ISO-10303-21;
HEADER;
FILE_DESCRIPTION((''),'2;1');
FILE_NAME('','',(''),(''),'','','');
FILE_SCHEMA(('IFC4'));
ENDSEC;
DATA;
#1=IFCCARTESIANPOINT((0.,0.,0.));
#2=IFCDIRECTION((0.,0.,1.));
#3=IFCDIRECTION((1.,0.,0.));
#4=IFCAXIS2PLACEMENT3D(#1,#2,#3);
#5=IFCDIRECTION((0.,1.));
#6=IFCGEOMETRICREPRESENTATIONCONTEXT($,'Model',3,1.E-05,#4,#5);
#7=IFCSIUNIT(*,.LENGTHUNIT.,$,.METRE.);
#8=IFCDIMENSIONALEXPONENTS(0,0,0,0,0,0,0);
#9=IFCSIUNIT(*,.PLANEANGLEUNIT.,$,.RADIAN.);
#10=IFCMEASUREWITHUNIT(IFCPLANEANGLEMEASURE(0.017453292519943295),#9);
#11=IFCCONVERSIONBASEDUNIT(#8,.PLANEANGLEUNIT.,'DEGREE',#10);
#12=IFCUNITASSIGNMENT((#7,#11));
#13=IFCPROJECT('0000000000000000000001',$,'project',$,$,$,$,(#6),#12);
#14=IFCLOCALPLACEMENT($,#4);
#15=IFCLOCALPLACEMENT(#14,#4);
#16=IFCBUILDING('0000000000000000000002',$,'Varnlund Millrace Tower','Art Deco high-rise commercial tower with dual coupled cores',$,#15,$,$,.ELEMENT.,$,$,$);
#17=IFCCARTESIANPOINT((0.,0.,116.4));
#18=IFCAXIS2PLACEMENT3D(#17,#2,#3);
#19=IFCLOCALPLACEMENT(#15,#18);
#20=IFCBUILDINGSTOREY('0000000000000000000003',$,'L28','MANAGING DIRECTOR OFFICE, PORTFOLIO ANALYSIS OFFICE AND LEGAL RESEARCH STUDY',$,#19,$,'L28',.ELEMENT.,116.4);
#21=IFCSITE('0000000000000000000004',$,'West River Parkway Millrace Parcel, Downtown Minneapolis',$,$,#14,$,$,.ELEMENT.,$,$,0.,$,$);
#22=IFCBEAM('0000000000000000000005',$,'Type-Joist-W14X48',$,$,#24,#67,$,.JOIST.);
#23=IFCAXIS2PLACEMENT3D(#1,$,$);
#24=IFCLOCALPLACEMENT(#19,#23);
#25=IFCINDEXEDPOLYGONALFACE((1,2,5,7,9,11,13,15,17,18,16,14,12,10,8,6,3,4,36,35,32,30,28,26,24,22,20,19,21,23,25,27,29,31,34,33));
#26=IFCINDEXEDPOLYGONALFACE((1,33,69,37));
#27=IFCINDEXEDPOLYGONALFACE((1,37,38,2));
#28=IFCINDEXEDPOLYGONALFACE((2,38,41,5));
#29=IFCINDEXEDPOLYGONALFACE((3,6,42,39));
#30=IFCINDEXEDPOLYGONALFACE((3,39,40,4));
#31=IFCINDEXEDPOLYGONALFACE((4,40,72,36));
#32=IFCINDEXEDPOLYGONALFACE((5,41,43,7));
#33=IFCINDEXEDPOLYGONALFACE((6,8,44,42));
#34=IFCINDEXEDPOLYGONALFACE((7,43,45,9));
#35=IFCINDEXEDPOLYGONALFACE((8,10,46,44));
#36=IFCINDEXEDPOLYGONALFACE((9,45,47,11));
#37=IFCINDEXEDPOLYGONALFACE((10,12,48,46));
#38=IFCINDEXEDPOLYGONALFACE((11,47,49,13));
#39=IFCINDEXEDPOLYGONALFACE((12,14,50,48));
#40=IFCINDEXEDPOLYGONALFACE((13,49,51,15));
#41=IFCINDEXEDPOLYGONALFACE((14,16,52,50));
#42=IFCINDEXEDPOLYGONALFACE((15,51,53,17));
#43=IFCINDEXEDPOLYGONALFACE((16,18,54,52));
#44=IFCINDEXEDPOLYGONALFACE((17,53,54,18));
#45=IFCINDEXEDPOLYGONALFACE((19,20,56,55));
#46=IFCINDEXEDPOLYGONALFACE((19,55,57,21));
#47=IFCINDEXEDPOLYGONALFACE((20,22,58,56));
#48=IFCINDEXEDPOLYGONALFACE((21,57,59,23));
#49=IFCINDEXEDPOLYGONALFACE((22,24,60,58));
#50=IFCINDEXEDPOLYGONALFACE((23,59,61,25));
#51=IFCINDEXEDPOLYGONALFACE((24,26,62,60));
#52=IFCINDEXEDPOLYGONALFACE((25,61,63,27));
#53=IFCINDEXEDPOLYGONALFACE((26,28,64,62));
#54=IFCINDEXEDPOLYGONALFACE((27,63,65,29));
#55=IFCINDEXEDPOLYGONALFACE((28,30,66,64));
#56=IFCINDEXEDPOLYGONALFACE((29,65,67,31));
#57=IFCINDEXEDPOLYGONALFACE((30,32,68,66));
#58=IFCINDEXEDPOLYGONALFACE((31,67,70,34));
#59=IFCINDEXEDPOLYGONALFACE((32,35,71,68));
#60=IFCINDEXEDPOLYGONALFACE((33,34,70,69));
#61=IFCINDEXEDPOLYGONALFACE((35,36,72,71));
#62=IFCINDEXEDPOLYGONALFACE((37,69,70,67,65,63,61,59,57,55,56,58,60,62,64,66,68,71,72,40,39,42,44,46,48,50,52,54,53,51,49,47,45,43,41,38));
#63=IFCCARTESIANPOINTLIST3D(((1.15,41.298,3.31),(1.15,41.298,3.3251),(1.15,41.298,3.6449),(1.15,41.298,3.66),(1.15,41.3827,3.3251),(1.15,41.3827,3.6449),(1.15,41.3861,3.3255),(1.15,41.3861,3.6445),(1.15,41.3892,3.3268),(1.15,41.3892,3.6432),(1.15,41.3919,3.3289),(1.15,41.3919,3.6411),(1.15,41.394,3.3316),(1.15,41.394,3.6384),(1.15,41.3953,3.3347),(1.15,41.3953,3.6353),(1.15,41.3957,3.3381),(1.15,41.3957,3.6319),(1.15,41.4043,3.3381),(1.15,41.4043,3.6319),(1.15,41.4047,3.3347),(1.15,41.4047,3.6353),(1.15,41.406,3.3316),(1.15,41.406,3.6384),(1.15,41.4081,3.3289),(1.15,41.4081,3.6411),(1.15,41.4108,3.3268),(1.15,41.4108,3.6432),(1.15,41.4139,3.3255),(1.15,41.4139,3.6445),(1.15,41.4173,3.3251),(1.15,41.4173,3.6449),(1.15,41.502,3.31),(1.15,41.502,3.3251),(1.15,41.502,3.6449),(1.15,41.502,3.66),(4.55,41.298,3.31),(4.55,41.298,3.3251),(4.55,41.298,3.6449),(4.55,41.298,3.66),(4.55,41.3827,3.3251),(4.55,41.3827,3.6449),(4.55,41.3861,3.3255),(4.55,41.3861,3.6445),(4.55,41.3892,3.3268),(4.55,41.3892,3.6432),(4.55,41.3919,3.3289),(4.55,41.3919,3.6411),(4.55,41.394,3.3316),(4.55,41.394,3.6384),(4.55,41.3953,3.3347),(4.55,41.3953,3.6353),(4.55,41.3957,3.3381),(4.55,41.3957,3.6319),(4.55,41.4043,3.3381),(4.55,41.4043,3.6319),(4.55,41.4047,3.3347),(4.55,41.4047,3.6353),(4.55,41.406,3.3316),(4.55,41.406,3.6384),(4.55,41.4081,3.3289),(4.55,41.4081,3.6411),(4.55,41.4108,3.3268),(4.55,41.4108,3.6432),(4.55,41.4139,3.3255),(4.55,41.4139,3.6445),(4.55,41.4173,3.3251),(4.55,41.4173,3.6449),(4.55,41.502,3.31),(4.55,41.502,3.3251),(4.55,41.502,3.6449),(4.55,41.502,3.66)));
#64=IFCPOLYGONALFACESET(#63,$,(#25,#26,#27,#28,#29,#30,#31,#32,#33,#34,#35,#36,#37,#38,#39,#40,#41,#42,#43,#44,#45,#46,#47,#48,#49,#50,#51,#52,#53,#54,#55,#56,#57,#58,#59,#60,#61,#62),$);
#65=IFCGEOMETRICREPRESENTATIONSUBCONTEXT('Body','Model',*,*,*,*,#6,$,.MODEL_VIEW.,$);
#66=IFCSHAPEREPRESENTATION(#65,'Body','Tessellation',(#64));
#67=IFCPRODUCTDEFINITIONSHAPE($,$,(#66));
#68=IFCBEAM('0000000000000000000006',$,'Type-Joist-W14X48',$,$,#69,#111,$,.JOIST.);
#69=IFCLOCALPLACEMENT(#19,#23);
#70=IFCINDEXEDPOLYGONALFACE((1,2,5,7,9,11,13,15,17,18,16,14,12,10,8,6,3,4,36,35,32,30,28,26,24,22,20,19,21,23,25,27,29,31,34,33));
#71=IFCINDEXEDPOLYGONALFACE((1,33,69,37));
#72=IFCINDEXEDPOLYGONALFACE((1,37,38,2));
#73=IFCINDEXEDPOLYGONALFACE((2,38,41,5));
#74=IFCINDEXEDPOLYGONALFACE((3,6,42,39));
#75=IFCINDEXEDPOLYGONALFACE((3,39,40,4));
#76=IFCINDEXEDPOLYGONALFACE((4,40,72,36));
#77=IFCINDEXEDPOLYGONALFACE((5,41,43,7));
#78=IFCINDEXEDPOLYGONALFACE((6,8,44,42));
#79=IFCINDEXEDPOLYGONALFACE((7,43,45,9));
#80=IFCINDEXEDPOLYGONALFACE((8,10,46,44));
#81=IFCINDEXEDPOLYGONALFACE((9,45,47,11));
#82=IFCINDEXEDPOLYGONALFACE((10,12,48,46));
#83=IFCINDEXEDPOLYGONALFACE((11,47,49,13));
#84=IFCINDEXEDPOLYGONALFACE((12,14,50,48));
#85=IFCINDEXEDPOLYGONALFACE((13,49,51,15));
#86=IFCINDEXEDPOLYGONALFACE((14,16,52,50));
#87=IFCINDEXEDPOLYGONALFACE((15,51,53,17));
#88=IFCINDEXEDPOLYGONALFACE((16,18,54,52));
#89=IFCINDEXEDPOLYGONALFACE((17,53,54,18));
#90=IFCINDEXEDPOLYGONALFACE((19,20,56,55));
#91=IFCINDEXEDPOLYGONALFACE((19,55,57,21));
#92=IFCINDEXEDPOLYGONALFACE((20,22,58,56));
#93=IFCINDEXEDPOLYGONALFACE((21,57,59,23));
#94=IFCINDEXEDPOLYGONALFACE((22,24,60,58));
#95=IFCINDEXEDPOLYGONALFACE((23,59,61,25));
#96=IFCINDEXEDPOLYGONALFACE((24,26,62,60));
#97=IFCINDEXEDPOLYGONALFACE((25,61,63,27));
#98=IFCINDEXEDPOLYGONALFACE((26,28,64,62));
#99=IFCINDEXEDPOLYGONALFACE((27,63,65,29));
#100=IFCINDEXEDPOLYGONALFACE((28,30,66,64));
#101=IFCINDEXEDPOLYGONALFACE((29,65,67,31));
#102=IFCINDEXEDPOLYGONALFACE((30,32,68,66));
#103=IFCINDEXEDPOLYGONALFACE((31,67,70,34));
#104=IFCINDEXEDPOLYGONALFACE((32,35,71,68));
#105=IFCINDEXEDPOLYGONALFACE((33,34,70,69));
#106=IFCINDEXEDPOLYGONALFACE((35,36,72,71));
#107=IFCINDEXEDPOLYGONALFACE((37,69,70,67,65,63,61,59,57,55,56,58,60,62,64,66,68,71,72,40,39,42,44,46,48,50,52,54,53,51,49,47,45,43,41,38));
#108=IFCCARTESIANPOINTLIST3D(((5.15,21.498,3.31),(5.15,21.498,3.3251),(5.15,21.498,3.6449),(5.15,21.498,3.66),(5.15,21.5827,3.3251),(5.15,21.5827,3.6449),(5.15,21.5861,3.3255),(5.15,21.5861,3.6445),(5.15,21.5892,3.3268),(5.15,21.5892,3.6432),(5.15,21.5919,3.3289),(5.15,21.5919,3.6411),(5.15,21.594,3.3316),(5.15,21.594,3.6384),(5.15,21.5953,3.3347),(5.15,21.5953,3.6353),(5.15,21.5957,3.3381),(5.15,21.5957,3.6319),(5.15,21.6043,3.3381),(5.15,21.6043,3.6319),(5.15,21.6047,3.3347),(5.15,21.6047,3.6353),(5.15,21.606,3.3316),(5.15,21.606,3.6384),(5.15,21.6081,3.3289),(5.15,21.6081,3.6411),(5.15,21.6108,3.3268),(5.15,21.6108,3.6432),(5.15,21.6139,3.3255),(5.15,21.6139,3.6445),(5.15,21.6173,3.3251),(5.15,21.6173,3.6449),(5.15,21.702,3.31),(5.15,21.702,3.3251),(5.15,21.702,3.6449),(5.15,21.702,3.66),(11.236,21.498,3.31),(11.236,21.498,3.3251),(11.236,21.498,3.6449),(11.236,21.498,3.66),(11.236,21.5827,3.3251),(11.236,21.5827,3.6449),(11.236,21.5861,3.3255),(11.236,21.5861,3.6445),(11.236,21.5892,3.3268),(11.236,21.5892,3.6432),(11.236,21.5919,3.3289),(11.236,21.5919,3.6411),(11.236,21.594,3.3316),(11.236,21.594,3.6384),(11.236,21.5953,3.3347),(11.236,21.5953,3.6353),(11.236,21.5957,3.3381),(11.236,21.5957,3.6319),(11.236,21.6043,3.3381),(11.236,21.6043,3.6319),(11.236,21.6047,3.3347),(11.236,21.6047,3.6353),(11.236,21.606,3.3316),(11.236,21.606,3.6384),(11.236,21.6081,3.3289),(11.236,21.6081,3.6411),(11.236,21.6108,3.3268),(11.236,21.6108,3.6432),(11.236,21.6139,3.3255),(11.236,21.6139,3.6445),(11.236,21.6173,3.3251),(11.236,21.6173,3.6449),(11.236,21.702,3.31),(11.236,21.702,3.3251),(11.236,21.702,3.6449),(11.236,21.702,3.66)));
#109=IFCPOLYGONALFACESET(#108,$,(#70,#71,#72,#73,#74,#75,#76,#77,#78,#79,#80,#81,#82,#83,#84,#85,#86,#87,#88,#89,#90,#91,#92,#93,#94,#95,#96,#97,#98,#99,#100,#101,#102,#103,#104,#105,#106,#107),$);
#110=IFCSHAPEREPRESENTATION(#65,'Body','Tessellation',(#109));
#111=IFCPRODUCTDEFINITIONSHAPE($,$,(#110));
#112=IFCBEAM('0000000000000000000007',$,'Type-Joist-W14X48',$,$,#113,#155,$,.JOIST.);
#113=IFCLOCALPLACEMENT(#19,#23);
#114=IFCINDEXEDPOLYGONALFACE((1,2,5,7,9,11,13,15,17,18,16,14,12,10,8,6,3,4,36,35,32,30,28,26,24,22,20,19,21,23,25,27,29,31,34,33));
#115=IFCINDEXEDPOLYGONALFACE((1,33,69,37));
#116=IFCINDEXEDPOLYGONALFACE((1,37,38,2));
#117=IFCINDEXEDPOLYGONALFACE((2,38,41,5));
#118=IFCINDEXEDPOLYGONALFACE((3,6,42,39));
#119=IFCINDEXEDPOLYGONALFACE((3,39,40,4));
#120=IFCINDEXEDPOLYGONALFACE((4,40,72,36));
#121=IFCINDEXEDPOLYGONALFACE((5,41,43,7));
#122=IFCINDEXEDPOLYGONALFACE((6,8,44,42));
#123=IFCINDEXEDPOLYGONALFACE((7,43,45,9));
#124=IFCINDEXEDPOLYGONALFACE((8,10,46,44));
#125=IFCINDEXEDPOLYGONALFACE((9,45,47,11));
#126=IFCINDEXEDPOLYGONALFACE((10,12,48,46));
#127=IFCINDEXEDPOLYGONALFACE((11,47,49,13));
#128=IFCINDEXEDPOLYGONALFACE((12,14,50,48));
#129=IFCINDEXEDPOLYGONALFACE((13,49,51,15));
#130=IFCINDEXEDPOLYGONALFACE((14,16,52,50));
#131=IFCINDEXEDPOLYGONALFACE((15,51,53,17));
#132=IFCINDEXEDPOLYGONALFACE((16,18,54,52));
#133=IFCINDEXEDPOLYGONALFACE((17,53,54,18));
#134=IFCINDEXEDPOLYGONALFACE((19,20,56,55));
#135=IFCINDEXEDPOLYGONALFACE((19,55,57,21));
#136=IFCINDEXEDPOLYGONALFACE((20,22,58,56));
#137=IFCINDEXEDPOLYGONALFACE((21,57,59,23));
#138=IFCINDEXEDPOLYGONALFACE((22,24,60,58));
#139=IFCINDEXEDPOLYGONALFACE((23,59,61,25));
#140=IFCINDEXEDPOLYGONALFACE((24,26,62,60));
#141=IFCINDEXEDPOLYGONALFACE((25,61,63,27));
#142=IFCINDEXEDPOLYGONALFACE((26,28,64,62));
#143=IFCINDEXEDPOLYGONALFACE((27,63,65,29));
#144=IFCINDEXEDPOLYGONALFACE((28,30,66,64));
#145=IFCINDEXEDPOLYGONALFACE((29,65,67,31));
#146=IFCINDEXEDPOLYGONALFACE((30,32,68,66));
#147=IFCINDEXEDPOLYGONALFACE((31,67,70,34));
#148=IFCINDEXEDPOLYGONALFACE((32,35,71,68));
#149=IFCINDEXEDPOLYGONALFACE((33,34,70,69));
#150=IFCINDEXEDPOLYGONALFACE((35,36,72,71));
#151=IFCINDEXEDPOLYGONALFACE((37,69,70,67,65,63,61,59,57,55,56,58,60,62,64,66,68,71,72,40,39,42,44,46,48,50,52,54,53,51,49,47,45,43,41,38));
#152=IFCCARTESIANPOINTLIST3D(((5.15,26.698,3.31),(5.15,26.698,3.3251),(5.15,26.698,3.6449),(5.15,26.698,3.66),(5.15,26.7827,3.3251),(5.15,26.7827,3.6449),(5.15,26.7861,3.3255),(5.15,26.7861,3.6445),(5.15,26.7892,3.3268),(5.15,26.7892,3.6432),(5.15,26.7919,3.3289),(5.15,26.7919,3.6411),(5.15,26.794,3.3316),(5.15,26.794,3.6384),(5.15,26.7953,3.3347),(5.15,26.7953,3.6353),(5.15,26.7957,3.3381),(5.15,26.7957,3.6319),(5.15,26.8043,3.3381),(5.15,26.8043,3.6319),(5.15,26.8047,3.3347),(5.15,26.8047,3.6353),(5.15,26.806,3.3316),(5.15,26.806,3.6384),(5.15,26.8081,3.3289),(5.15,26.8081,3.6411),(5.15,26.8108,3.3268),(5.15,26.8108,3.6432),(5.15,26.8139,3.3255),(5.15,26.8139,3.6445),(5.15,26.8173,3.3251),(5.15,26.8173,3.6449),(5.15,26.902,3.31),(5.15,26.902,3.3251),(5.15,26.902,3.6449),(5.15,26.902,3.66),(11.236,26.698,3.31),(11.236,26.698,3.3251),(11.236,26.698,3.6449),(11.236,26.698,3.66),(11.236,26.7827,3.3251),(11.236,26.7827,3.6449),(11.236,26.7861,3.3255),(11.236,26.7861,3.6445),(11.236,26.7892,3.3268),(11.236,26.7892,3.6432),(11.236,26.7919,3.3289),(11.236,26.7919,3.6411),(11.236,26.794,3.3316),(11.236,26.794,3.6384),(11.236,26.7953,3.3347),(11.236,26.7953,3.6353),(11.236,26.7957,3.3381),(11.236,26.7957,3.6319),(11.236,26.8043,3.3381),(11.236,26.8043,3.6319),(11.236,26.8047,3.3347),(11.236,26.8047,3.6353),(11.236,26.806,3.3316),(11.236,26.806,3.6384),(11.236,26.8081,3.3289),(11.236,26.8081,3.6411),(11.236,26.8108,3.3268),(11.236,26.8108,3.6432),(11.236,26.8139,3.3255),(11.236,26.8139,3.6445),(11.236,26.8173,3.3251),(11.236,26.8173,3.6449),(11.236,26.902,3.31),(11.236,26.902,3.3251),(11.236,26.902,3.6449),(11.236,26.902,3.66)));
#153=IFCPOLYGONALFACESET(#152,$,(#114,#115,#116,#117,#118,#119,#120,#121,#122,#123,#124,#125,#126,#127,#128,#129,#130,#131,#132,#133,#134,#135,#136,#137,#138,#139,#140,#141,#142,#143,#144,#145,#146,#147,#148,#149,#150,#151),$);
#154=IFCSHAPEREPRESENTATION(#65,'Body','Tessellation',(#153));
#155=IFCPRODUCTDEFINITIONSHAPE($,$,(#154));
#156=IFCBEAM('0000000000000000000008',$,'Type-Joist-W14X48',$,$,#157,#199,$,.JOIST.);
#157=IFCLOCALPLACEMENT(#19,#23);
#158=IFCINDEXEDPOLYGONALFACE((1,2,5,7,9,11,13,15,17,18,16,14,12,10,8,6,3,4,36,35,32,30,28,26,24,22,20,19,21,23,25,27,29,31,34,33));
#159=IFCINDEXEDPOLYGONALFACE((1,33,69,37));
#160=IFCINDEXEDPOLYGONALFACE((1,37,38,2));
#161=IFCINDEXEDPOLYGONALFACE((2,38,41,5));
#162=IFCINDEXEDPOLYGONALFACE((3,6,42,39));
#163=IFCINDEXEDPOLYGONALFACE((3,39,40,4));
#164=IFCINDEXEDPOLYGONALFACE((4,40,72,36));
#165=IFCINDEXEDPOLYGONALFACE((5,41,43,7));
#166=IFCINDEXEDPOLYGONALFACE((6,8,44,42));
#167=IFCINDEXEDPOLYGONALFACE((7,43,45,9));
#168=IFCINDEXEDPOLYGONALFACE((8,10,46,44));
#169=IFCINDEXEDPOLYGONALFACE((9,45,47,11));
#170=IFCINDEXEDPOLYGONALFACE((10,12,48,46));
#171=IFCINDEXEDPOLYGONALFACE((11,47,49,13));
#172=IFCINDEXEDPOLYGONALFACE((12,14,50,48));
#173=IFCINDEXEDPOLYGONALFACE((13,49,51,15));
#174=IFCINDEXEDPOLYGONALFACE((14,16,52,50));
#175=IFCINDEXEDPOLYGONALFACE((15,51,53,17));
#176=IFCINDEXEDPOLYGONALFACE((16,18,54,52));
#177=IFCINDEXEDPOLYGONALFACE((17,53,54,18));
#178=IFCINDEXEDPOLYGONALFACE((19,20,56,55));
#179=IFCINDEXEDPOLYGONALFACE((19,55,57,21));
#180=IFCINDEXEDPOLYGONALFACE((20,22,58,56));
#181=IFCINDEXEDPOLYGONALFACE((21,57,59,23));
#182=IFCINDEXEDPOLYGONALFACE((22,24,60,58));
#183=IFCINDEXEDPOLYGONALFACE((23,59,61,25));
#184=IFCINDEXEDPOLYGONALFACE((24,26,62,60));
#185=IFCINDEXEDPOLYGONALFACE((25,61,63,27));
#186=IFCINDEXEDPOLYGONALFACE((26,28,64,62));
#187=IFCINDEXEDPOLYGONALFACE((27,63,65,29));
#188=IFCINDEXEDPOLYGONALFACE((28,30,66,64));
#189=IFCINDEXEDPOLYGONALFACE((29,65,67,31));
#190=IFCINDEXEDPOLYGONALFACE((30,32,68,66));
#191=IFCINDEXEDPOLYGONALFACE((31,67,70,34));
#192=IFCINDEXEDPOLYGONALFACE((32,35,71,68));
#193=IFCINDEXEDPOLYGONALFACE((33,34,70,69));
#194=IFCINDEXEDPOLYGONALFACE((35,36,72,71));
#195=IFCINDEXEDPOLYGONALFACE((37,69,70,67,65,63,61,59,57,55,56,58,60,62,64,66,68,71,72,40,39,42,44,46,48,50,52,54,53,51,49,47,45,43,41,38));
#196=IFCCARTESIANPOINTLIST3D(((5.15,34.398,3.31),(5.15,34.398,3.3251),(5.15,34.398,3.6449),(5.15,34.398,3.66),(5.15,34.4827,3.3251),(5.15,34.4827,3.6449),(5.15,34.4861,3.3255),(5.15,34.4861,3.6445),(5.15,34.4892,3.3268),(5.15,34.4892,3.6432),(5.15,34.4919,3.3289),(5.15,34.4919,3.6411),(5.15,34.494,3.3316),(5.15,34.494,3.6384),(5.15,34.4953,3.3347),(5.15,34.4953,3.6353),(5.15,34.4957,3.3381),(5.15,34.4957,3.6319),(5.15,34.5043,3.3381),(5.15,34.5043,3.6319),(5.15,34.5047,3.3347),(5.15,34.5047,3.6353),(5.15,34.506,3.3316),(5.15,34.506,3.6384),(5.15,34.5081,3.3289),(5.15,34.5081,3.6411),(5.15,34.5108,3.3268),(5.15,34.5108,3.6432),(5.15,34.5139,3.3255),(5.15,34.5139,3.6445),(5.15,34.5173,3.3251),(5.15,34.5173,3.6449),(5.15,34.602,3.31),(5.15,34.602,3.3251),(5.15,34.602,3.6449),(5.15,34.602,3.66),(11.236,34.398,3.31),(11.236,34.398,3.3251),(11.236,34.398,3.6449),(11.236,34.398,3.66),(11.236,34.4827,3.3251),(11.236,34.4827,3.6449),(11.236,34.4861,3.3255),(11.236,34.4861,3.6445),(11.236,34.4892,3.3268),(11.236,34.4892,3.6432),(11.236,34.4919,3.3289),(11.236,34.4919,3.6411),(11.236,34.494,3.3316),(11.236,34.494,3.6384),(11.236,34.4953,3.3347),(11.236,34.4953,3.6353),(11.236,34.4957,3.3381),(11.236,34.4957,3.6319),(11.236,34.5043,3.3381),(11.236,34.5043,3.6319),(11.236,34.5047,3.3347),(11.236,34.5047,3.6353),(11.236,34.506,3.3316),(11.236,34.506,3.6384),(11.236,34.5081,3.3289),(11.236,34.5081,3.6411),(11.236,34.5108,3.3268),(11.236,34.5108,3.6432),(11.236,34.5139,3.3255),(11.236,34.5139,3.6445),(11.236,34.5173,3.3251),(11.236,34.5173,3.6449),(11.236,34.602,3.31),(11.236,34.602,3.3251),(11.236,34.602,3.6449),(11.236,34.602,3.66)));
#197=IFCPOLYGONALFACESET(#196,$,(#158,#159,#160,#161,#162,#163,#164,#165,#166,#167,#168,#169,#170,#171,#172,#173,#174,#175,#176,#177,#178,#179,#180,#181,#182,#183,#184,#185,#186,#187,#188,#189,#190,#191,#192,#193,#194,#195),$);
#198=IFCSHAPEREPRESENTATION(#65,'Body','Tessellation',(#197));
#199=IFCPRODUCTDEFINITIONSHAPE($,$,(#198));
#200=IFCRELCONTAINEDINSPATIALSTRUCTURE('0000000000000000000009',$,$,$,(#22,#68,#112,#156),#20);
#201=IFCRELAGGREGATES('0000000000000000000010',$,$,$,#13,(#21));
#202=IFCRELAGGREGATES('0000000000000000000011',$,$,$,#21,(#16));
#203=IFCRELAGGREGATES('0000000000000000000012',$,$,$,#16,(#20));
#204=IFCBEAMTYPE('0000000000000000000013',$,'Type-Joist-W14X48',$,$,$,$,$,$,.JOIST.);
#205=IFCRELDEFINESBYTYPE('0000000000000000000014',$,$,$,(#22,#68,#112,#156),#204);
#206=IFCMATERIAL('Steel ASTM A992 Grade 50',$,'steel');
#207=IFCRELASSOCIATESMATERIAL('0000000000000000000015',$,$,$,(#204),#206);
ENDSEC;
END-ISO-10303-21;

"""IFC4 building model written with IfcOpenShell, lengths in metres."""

from ifc_helpers import new_model, entity, si_unit, converted_unit, direction, frame, origin_with_axes, origin_2d_with_axis, place, context, subcontext, project, spatial, i_section, extrude, material, material_profile, profile_set, type_object, element, save


model = new_model("IFC4")

# Units and contexts
model_context = context("Model", 3, precision=1e-05, world=origin_with_axes(), true_north=direction((0.0, 1.0)))
body_context = subcontext(model_context, "Body", "Model", "MODEL_VIEW")
ifc_project = project(units=[si_unit("LENGTHUNIT", "METRE"), converted_unit("PLANEANGLEUNIT", "DEGREE", entity("IfcPlaneAngleMeasure", 0.017453292519943295), si_unit("PLANEANGLEUNIT", "RADIAN"), dimensions=[0, 0, 0, 0, 0, 0, 0])], contexts=[model_context])

# Site, building, storey
site_placement = place(None, origin_with_axes())
site = spatial("IfcSite", under=ifc_project, at=site_placement, Name="West River Parkway Millrace Parcel, Downtown Minneapolis", CompositionType="ELEMENT", RefElevation=0.0)
building_placement = place(site_placement, origin_with_axes())
building = spatial("IfcBuilding", under=site, at=building_placement, Name="Varnlund Millrace Tower", Description="Art Deco high-rise commercial tower with dual coupled cores", CompositionType="ELEMENT")
storey_placement = place(building_placement, frame((0.0, 0.0, 116.4), z_axis=(0.0, 0.0, 1.0), x_axis=(1.0, 0.0, 0.0)))
storey = spatial("IfcBuildingStorey", under=building, at=storey_placement, Name="L28", Description="MANAGING DIRECTOR OFFICE, PORTFOLIO ANALYSIS OFFICE AND LEGAL RESEARCH STUDY", LongName="L28", CompositionType="ELEMENT", Elevation=116.4)

# Beams
ifc_material_1 = material(Name="Steel ASTM A992 Grade 50", Category="steel")
ifc_material_profile_1 = material_profile(ifc_material_1, i_section(OverallWidth=0.204, OverallDepth=0.35, WebThickness=0.0086, FlangeThickness=0.0151, FilletRadius=0.013, at=origin_2d_with_axis()), Name="Steel ASTM A992 Grade 50")
ifc_profile_set_1 = profile_set([ifc_material_profile_1], Name="Steel ASTM A992 Grade 50")
beam_type_1 = type_object("IfcBeamType", Name="Type-Joist-W14X48", PredefinedType="JOIST", material=ifc_profile_set_1)
for number, where, z_axis, x_axis, name in (
    (1, (1.15, 41.4, 3.485), (1.0, 0.0, 0.0), (0.0, 1.0, 0.0), "Type-Joist-W14X48"),
):
    element("IfcBeam", number, at=place(storey_placement, frame(where, z_axis=z_axis, x_axis=x_axis)), inside=storey, type_object=beam_type_1, Name=name, PredefinedType="JOIST", context=body_context, shape_type="SweptSolid", body=[
        extrude(i_section(OverallWidth=0.204, OverallDepth=0.35, WebThickness=0.0086, FlangeThickness=0.0151, FilletRadius=0.013, at=origin_2d_with_axis()), origin_with_axes(), (0.0, 0.0, 1.0), 3.4),
    ])
for number, where, z_axis, x_axis, name in (
    (2, (5.15, 21.6, 3.485), (1.0, 0.0, 0.0), (0.0, 1.0, 0.0), "Type-Joist-W14X48"),
    (3, (5.15, 26.8, 3.485), (1.0, 0.0, 0.0), (0.0, 1.0, 0.0), "Type-Joist-W14X48"),
    (4, (5.15, 34.5, 3.485), (1.0, 0.0, 0.0), (0.0, 1.0, 0.0), "Type-Joist-W14X48"),
):
    element("IfcBeam", number, at=place(storey_placement, frame(where, z_axis=z_axis, x_axis=x_axis)), inside=storey, type_object=beam_type_1, Name=name, PredefinedType="JOIST", context=body_context, shape_type="SweptSolid", body=[
        extrude(i_section(OverallWidth=0.204, OverallDepth=0.35, WebThickness=0.0086, FlangeThickness=0.0151, FilletRadius=0.013, at=origin_2d_with_axis()), origin_with_axes(), (0.0, 0.0, 1.0), 6.086),
    ])

save(model, "model.ifc")
